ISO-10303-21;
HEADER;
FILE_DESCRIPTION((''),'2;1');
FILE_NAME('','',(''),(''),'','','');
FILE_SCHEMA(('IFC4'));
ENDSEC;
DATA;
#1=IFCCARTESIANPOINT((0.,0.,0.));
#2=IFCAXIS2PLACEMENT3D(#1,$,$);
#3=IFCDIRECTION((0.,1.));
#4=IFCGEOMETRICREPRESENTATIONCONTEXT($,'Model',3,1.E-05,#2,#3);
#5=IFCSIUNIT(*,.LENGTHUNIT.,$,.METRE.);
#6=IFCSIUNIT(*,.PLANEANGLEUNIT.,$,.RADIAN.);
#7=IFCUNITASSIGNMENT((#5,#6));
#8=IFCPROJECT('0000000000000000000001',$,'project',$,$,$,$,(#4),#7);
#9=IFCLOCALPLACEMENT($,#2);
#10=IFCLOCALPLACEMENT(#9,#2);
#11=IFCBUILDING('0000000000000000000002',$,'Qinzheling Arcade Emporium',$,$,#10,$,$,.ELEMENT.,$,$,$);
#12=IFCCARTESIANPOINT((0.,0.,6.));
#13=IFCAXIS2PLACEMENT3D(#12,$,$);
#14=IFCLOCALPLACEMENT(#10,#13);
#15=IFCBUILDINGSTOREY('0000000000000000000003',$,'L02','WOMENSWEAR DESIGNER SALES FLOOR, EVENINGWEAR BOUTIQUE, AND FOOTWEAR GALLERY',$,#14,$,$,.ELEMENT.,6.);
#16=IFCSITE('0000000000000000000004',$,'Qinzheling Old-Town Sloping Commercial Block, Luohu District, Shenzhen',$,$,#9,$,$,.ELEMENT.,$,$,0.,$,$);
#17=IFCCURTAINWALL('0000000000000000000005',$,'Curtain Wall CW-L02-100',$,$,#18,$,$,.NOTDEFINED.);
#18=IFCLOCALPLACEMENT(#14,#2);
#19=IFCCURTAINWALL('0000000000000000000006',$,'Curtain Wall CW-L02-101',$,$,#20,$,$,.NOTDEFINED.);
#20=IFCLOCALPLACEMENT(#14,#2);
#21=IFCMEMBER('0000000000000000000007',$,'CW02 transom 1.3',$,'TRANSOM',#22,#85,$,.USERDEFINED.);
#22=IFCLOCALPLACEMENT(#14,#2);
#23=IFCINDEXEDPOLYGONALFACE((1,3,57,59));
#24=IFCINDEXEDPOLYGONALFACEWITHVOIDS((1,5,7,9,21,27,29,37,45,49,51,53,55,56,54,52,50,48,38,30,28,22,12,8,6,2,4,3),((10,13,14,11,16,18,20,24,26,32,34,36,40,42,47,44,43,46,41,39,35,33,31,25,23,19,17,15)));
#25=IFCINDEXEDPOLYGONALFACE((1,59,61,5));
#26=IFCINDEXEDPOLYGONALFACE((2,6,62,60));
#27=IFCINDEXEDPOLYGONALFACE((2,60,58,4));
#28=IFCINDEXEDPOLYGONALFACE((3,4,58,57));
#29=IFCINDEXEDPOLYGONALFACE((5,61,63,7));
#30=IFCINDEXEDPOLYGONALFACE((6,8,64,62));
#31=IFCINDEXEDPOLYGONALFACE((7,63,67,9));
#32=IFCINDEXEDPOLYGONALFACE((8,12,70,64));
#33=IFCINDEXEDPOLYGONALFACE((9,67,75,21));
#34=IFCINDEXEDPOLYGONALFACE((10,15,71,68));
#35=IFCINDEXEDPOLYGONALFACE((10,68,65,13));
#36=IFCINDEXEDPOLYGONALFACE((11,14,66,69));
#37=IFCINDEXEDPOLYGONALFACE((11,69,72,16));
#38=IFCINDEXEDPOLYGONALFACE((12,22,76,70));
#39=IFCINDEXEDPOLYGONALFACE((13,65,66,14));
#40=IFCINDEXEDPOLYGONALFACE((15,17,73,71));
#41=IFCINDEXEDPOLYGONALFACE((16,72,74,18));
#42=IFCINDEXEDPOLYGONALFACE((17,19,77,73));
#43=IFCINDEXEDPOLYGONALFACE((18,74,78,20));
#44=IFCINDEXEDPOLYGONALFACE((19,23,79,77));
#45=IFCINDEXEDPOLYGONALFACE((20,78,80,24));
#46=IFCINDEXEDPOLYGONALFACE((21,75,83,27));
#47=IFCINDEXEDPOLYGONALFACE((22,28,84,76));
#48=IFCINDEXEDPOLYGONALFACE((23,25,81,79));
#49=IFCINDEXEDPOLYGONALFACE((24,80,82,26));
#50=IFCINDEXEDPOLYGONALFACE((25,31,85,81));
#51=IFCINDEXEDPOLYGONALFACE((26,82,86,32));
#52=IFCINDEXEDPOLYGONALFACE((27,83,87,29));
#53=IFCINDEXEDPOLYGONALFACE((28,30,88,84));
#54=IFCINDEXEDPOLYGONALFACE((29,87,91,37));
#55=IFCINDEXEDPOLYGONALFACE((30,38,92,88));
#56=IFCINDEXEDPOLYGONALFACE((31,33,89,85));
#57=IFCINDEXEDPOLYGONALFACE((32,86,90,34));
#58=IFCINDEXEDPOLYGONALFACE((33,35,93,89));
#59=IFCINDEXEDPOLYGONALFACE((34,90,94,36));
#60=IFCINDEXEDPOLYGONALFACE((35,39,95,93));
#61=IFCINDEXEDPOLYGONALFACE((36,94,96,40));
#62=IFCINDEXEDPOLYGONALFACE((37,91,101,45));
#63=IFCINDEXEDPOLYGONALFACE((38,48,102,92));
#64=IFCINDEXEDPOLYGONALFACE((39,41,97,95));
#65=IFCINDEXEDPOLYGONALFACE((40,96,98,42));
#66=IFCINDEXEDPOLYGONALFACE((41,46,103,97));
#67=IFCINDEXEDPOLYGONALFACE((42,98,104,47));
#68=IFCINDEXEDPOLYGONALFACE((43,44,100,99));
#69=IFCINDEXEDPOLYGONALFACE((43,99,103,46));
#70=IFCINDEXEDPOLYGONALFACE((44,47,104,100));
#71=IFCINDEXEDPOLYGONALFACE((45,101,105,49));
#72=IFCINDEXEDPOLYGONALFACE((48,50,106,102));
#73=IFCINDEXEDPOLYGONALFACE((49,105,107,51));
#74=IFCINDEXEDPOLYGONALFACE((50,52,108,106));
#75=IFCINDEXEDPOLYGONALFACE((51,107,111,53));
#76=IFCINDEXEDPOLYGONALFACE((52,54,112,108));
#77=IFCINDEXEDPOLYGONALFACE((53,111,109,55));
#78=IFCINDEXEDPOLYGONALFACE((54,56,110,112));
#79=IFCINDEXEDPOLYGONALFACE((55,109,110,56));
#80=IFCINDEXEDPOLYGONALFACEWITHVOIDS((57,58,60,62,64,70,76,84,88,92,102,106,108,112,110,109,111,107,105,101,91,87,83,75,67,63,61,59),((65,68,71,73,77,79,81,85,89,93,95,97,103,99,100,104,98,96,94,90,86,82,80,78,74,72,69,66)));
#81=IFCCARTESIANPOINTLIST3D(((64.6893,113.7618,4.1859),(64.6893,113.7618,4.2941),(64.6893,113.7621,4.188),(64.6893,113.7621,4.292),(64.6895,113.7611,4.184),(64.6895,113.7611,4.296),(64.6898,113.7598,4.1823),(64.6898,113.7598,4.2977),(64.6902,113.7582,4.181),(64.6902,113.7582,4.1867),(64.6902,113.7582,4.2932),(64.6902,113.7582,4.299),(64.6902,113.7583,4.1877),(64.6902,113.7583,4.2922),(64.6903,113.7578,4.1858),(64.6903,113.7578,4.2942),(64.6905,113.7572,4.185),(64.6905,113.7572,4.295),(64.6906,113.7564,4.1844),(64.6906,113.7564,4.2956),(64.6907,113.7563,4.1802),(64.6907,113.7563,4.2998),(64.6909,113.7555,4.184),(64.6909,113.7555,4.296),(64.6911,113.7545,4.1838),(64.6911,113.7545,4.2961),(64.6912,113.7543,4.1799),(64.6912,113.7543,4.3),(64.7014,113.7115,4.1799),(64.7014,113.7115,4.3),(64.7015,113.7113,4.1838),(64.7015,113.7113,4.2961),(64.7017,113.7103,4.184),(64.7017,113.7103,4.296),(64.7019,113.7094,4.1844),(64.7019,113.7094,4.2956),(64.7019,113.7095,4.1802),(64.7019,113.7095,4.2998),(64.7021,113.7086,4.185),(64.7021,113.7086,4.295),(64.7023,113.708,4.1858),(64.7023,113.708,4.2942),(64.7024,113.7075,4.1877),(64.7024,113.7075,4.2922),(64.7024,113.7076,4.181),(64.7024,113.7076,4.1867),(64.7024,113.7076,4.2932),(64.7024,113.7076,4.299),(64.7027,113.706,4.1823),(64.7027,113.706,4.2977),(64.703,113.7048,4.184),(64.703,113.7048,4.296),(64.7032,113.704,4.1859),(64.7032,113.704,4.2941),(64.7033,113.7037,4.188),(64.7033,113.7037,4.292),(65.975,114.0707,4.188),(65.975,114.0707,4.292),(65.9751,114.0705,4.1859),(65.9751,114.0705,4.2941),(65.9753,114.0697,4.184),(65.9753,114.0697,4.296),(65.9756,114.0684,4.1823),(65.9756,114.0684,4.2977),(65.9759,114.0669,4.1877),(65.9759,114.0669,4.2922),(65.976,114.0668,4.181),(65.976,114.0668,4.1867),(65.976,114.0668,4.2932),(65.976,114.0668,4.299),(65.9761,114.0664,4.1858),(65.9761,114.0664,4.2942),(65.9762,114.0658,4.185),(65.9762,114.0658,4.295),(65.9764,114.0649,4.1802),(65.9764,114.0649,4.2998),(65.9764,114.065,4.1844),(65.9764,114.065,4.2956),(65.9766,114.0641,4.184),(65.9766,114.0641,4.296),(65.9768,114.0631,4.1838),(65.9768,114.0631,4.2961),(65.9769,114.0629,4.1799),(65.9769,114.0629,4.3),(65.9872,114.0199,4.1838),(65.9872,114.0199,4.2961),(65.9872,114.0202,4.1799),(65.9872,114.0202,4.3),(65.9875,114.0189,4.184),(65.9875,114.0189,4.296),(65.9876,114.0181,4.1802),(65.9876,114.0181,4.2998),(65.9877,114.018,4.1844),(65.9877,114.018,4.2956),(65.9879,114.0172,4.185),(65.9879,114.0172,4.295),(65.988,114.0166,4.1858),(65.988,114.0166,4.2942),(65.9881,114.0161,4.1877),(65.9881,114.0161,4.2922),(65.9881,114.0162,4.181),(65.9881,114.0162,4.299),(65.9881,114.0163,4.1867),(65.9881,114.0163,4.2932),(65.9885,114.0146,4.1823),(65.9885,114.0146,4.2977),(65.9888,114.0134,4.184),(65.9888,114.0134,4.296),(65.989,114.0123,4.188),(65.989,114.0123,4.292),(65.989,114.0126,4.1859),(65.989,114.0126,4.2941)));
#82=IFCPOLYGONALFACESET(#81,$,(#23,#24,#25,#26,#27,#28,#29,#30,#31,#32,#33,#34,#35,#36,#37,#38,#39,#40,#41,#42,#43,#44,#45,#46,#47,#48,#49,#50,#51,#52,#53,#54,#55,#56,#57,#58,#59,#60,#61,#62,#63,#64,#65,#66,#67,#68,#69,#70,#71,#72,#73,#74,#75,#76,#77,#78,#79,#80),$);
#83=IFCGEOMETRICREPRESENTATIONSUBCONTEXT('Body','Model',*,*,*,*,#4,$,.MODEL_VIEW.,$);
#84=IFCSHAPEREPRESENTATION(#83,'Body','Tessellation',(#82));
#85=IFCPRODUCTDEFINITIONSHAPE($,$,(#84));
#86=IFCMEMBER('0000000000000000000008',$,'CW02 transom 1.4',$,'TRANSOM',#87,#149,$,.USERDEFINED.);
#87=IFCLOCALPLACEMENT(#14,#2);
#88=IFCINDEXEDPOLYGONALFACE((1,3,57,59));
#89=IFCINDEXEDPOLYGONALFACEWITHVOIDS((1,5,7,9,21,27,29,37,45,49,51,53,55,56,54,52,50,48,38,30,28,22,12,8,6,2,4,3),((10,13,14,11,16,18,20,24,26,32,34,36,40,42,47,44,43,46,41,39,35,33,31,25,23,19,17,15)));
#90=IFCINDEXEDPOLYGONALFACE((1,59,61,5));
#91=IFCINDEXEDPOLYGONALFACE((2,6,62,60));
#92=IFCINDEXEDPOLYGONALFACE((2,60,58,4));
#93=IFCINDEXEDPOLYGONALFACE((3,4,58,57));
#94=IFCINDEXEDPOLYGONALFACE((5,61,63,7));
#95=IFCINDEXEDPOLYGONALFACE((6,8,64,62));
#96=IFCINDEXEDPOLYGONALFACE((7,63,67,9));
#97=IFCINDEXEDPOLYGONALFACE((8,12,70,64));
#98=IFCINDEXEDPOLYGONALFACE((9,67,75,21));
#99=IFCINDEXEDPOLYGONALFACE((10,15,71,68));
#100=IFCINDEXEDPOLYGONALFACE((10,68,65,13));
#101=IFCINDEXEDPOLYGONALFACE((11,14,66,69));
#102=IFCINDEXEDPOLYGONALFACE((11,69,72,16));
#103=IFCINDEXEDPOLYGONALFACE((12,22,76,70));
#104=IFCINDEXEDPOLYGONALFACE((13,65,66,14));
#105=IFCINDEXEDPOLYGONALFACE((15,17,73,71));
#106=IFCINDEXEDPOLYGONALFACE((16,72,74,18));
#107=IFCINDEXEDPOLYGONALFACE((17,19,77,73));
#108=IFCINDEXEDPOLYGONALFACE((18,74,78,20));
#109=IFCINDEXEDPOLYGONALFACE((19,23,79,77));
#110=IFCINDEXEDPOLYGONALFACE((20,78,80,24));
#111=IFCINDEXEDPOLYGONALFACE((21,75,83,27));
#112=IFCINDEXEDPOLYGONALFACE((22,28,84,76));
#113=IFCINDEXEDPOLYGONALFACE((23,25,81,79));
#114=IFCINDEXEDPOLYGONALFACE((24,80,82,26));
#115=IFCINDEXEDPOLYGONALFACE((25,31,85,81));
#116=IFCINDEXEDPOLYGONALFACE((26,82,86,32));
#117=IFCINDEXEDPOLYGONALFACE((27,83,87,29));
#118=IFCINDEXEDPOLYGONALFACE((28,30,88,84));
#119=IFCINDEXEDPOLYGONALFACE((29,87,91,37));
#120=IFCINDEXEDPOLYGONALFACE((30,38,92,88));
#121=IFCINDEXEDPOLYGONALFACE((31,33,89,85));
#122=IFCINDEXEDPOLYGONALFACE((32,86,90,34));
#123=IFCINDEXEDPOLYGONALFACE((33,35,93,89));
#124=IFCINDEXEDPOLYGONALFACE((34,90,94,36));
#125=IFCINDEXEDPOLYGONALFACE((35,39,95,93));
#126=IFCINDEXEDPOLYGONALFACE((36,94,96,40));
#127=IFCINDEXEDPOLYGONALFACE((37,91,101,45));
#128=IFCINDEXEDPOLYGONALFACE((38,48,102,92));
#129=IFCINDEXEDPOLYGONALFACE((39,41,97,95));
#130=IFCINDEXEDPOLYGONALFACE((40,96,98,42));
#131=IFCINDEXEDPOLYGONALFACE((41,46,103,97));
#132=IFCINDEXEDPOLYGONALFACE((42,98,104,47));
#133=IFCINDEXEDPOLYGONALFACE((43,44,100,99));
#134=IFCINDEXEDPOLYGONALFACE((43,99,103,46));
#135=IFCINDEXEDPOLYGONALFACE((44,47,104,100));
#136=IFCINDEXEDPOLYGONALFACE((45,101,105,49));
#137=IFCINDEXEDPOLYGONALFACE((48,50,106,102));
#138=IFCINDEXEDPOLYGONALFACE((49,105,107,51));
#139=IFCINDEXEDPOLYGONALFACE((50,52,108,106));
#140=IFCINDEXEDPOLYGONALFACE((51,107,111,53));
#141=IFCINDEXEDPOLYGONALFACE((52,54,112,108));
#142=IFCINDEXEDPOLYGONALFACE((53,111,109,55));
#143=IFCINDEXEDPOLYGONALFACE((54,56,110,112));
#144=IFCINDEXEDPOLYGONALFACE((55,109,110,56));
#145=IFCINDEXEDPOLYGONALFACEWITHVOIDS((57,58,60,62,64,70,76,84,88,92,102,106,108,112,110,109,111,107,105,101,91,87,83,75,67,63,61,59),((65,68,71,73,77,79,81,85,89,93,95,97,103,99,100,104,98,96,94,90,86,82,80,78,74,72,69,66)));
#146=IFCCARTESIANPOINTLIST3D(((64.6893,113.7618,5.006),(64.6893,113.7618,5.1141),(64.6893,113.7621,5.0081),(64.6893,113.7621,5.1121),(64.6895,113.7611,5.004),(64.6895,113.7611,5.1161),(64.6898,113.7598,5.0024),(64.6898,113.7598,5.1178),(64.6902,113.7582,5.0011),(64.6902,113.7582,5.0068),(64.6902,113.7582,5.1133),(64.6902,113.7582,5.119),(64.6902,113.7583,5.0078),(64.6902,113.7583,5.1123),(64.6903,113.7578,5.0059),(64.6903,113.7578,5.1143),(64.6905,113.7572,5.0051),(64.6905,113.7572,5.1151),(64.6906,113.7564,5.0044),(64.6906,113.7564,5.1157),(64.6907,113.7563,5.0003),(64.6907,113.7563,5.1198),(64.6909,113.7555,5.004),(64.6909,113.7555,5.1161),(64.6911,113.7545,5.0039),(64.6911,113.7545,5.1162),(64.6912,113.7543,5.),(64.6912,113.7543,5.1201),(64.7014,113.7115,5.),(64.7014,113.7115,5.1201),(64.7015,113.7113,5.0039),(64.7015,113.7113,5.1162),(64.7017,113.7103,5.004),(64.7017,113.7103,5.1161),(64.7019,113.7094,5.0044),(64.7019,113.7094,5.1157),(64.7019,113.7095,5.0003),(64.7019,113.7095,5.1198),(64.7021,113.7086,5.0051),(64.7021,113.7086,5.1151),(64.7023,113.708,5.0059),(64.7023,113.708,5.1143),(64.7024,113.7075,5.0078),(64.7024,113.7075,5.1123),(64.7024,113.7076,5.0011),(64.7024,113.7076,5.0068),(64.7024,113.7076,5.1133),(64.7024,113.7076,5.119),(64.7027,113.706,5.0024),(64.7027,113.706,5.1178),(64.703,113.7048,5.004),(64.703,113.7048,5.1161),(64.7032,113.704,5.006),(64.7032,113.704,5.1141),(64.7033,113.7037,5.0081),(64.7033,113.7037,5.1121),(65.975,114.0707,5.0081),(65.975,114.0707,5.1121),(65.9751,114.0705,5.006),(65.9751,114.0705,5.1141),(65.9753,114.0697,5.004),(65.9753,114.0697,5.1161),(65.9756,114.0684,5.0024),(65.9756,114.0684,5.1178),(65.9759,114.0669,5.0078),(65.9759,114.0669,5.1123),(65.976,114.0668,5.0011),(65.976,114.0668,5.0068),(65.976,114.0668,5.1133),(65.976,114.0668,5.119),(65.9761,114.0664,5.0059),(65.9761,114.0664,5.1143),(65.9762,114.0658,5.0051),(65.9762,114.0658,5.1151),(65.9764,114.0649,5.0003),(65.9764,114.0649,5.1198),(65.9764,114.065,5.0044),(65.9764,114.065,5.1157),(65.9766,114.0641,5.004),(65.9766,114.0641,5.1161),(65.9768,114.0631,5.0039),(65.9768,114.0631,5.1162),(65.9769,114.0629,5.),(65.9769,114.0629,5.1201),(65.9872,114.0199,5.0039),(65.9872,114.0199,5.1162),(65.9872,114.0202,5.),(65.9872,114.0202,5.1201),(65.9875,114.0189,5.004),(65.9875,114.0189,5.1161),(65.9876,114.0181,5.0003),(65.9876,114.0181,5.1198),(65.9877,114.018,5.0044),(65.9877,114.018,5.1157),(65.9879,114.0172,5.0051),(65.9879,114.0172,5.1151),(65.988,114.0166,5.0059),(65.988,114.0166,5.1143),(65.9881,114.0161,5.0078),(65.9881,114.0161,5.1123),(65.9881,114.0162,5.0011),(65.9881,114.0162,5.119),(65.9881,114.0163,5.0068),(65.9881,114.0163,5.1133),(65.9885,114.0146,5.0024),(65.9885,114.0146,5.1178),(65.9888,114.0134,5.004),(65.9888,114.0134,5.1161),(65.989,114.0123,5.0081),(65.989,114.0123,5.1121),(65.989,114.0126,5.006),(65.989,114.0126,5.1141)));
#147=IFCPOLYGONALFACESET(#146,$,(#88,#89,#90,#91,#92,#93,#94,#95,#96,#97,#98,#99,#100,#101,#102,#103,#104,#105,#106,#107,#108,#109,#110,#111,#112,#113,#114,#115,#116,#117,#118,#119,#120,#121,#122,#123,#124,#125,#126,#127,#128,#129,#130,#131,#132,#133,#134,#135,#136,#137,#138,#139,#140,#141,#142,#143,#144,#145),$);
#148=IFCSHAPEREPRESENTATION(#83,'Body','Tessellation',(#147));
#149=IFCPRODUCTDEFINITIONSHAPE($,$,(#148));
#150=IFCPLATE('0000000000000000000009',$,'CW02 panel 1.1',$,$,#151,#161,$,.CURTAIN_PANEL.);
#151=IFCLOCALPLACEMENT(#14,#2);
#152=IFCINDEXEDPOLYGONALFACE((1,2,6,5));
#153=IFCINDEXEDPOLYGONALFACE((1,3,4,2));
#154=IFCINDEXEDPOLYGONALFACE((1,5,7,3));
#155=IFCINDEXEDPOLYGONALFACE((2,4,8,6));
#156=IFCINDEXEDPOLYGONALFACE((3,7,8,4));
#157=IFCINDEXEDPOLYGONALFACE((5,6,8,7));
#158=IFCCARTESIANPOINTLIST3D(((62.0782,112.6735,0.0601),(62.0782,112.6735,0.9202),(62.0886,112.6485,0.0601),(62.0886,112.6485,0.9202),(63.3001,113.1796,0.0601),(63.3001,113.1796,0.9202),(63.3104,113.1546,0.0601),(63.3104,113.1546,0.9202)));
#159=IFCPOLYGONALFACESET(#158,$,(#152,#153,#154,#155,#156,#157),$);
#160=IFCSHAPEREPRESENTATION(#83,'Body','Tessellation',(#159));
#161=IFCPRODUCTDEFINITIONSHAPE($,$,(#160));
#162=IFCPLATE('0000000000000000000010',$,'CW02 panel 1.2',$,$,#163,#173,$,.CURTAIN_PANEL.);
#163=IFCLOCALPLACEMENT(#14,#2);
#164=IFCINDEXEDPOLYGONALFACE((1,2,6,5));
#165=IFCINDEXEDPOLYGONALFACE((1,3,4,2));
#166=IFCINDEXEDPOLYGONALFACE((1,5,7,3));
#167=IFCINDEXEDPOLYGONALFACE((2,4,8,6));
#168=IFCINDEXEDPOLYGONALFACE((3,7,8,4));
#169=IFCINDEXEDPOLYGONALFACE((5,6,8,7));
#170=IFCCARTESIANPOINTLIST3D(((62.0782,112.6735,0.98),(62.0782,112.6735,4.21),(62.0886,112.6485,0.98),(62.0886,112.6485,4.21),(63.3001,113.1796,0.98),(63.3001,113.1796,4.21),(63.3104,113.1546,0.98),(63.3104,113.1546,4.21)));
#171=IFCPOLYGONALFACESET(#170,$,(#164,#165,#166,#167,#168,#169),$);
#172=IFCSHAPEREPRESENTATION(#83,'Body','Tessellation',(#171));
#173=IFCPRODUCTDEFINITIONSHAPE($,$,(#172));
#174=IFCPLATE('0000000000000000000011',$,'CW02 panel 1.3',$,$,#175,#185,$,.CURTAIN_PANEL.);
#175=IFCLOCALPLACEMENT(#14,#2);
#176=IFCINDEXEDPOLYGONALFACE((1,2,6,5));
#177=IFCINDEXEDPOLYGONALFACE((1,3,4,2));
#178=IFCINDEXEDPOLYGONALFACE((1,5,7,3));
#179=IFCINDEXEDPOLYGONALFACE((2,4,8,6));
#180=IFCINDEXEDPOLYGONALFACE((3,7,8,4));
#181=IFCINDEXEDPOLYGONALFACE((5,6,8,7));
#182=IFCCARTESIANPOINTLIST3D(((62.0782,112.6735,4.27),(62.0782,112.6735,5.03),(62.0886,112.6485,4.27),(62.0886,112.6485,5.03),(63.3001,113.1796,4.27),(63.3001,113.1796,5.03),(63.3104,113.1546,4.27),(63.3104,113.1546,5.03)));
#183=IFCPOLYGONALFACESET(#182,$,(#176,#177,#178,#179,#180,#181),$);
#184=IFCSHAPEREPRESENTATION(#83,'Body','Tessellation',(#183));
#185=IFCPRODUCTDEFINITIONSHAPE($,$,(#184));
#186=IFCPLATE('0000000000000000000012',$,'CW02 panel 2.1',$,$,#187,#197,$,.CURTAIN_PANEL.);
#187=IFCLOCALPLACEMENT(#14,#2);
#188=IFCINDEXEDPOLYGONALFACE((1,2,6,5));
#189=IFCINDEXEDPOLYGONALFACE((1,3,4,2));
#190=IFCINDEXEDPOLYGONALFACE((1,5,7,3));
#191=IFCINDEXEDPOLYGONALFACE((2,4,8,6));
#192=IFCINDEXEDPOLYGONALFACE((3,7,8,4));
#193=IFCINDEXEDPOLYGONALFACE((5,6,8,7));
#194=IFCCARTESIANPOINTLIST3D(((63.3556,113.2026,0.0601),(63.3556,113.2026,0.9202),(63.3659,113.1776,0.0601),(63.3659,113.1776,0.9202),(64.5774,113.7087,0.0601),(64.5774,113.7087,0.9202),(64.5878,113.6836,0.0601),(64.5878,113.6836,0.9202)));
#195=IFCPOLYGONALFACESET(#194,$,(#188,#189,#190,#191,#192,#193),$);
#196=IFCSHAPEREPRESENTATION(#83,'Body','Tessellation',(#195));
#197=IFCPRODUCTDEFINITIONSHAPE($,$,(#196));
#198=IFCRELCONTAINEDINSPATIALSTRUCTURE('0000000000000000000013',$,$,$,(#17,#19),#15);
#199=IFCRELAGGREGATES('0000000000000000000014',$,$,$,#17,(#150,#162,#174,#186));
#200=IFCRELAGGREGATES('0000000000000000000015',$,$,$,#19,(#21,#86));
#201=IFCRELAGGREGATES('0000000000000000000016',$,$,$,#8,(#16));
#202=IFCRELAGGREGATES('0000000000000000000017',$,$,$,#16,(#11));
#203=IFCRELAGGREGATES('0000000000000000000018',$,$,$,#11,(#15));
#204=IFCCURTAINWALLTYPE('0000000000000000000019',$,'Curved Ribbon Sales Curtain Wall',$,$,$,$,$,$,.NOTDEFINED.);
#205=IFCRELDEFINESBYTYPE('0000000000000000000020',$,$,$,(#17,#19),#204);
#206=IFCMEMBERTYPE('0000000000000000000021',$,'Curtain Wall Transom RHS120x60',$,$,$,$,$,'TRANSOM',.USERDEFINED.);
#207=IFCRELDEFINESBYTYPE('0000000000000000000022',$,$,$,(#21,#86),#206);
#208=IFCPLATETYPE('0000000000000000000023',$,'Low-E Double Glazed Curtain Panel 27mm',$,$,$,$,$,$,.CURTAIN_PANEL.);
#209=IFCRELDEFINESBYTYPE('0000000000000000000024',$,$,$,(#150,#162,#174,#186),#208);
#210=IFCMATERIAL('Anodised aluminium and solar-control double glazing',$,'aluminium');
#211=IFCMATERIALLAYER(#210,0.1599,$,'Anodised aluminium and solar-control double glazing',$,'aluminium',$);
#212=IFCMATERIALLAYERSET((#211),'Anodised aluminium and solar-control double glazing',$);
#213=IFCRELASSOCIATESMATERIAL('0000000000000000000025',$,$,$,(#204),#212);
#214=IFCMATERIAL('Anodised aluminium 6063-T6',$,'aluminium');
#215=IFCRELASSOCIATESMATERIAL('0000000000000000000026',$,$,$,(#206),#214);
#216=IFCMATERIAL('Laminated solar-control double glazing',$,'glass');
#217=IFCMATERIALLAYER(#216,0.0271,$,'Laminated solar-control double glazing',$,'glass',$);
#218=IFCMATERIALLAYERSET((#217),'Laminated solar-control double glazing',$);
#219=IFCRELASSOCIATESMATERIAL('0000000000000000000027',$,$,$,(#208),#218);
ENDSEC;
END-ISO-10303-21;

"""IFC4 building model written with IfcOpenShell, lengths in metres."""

from ifc_helpers import new_model, si_unit, direction, frame, origin, origin_2d, place, context, subcontext, project, spatial, rectangle, hollow_rectangle, extrude, material, layer, layer_set, material_profile, profile_set, type_object, element, aggregate, save


model = new_model("IFC4")

# Units and contexts
model_context = context("Model", 3, precision=1e-05, world=origin(), true_north=direction((0.0, 1.0)))
body_context = subcontext(model_context, "Body", "Model", "MODEL_VIEW")
ifc_project = project(units=[si_unit("LENGTHUNIT", "METRE"), si_unit("PLANEANGLEUNIT", "RADIAN")], contexts=[model_context])

# Site, building, storey
site_placement = place(None, origin())
site = spatial("IfcSite", under=ifc_project, at=site_placement, Name="Qinzheling Old-Town Sloping Commercial Block, Luohu District, Shenzhen", CompositionType="ELEMENT", RefElevation=0.0)
building_placement = place(site_placement, origin())
building = spatial("IfcBuilding", under=site, at=building_placement, Name="Qinzheling Arcade Emporium", CompositionType="ELEMENT")
storey_placement = place(building_placement, frame((0.0, 0.0, 6.0)))
storey = spatial("IfcBuildingStorey", under=building, at=storey_placement, Name="L02", Description="WOMENSWEAR DESIGNER SALES FLOOR, EVENINGWEAR BOUTIQUE, AND FOOTWEAR GALLERY", CompositionType="ELEMENT", Elevation=6.0)

# Curtain wall
ifc_material_1 = material(Name="Anodised aluminium and solar-control double glazing", Category="aluminium")
ifc_layer_1 = layer(ifc_material_1, 0.1599, Name="Anodised aluminium and solar-control double glazing", Category="aluminium")
ifc_layer_set_1 = layer_set([ifc_layer_1], Name="Anodised aluminium and solar-control double glazing")
curtain_wall_type = type_object("IfcCurtainWallType", Name="Curved Ribbon Sales Curtain Wall", PredefinedType="NOTDEFINED", material=ifc_layer_set_1)
curtain_wall_1_placement = place(storey_placement, origin())
curtain_wall_1 = element("IfcCurtainWall", 1, at=curtain_wall_1_placement, inside=storey, type_object=curtain_wall_type, Name="Curtain Wall CW-L02-100", PredefinedType="NOTDEFINED")
ifc_material_2 = material(Name="Anodised aluminium 6063-T6", Category="aluminium")

# Curtain wall
curtain_wall_2_placement = place(storey_placement, origin())
curtain_wall_2 = element("IfcCurtainWall", 2, at=curtain_wall_2_placement, inside=storey, type_object=curtain_wall_type, Name="Curtain Wall CW-L02-101", PredefinedType="NOTDEFINED")

# Members
ifc_material_profile_1 = material_profile(ifc_material_2, hollow_rectangle(XDim=0.0601, YDim=0.1201, WallThickness=0.0039, InnerFilletRadius=0.0039, OuterFilletRadius=0.0081, at=origin_2d()), Name="RHS 120x60x4", Category="aluminium")
ifc_profile_set_1 = profile_set([ifc_material_profile_1], Name="Anodised aluminium 6063-T6")
member_type_1 = type_object("IfcMemberType", Name="Curtain Wall Transom RHS120x60", ElementType="TRANSOM", PredefinedType="USERDEFINED", material=ifc_profile_set_1)
member_1_placement = place(storey_placement, frame((64.6963, 113.7329, 4.24), z_axis=(0.972381, 0.233401, 0.0), x_axis=(-0.233401, 0.972381, 0.0)))
member_1 = element("IfcMember", 3, at=member_1_placement, type_object=member_type_1, Name="CW02 transom 1.3", ObjectType="TRANSOM", PredefinedType="USERDEFINED", context=body_context, shape_type="SweptSolid", body=[
    extrude(hollow_rectangle(XDim=0.0601, YDim=0.1201, WallThickness=0.0039, InnerFilletRadius=0.0039, OuterFilletRadius=0.0081, at=origin_2d()), origin(), (0.0, 0.0, 1.0), 1.3223),
])
member_2_placement = place(storey_placement, frame((64.6963, 113.7329, 5.0601), z_axis=(0.972381, 0.233401, 0.0), x_axis=(-0.233401, 0.972381, 0.0)))
member_2 = element("IfcMember", 4, at=member_2_placement, type_object=member_type_1, Name="CW02 transom 1.4", ObjectType="TRANSOM", PredefinedType="USERDEFINED", context=body_context, shape_type="SweptSolid", body=[
    extrude(hollow_rectangle(XDim=0.0601, YDim=0.1201, WallThickness=0.0039, InnerFilletRadius=0.0039, OuterFilletRadius=0.0081, at=origin_2d()), origin(), (0.0, 0.0, 1.0), 1.3223),
])

# Plates
ifc_material_3 = material(Name="Laminated solar-control double glazing", Category="glass")
ifc_layer_2 = layer(ifc_material_3, 0.0271, Name="Laminated solar-control double glazing", Category="glass")
ifc_layer_set_2 = layer_set([ifc_layer_2], Name="Laminated solar-control double glazing")
plate_type_1 = type_object("IfcPlateType", Name="Low-E Double Glazed Curtain Panel 27mm", PredefinedType="CURTAIN_PANEL", material=ifc_layer_set_2)
plate_1_placement = place(storey_placement, frame((62.6943, 112.9141, 0.0601), z_axis=(0.0, 0.0, 1.0), x_axis=(0.923892, 0.382654, 0.0)))
plate_1 = element("IfcPlate", 5, at=plate_1_placement, type_object=plate_type_1, Name="CW02 panel 1.1", PredefinedType="CURTAIN_PANEL", context=body_context, shape_type="SweptSolid", body=[
    extrude(rectangle(XDim=1.3225, YDim=0.0271, at=origin_2d()), origin(), (0.0, 0.0, 1.0), 0.8601),
])
plate_2_placement = place(storey_placement, frame((62.6943, 112.9141, 0.98), z_axis=(0.0, 0.0, 1.0), x_axis=(0.923892, 0.382654, 0.0)))
plate_2 = element("IfcPlate", 6, at=plate_2_placement, type_object=plate_type_1, Name="CW02 panel 1.2", PredefinedType="CURTAIN_PANEL", context=body_context, shape_type="SweptSolid", body=[
    extrude(rectangle(XDim=1.3225, YDim=0.0271, at=origin_2d()), origin(), (0.0, 0.0, 1.0), 3.23),
])
plate_3_placement = place(storey_placement, frame((62.6943, 112.9141, 4.27), z_axis=(0.0, 0.0, 1.0), x_axis=(0.923892, 0.382654, 0.0)))
plate_3 = element("IfcPlate", 7, at=plate_3_placement, type_object=plate_type_1, Name="CW02 panel 1.3", PredefinedType="CURTAIN_PANEL", context=body_context, shape_type="SweptSolid", body=[
    extrude(rectangle(XDim=1.3225, YDim=0.0271, at=origin_2d()), origin(), (0.0, 0.0, 1.0), 0.76),
])
plate_4_placement = place(storey_placement, frame((63.9717, 113.4431, 0.0601), z_axis=(0.0, 0.0, 1.0), x_axis=(0.923892, 0.382654, 0.0)))
plate_4 = element("IfcPlate", 8, at=plate_4_placement, type_object=plate_type_1, Name="CW02 panel 2.1", PredefinedType="CURTAIN_PANEL", context=body_context, shape_type="SweptSolid", body=[
    extrude(rectangle(XDim=1.3225, YDim=0.0271, at=origin_2d()), origin(), (0.0, 0.0, 1.0), 0.8601),
])
aggregate(curtain_wall_1, [plate_1, plate_2, plate_3, plate_4])
aggregate(curtain_wall_2, [member_1, member_2])

save(model, "model.ifc")
